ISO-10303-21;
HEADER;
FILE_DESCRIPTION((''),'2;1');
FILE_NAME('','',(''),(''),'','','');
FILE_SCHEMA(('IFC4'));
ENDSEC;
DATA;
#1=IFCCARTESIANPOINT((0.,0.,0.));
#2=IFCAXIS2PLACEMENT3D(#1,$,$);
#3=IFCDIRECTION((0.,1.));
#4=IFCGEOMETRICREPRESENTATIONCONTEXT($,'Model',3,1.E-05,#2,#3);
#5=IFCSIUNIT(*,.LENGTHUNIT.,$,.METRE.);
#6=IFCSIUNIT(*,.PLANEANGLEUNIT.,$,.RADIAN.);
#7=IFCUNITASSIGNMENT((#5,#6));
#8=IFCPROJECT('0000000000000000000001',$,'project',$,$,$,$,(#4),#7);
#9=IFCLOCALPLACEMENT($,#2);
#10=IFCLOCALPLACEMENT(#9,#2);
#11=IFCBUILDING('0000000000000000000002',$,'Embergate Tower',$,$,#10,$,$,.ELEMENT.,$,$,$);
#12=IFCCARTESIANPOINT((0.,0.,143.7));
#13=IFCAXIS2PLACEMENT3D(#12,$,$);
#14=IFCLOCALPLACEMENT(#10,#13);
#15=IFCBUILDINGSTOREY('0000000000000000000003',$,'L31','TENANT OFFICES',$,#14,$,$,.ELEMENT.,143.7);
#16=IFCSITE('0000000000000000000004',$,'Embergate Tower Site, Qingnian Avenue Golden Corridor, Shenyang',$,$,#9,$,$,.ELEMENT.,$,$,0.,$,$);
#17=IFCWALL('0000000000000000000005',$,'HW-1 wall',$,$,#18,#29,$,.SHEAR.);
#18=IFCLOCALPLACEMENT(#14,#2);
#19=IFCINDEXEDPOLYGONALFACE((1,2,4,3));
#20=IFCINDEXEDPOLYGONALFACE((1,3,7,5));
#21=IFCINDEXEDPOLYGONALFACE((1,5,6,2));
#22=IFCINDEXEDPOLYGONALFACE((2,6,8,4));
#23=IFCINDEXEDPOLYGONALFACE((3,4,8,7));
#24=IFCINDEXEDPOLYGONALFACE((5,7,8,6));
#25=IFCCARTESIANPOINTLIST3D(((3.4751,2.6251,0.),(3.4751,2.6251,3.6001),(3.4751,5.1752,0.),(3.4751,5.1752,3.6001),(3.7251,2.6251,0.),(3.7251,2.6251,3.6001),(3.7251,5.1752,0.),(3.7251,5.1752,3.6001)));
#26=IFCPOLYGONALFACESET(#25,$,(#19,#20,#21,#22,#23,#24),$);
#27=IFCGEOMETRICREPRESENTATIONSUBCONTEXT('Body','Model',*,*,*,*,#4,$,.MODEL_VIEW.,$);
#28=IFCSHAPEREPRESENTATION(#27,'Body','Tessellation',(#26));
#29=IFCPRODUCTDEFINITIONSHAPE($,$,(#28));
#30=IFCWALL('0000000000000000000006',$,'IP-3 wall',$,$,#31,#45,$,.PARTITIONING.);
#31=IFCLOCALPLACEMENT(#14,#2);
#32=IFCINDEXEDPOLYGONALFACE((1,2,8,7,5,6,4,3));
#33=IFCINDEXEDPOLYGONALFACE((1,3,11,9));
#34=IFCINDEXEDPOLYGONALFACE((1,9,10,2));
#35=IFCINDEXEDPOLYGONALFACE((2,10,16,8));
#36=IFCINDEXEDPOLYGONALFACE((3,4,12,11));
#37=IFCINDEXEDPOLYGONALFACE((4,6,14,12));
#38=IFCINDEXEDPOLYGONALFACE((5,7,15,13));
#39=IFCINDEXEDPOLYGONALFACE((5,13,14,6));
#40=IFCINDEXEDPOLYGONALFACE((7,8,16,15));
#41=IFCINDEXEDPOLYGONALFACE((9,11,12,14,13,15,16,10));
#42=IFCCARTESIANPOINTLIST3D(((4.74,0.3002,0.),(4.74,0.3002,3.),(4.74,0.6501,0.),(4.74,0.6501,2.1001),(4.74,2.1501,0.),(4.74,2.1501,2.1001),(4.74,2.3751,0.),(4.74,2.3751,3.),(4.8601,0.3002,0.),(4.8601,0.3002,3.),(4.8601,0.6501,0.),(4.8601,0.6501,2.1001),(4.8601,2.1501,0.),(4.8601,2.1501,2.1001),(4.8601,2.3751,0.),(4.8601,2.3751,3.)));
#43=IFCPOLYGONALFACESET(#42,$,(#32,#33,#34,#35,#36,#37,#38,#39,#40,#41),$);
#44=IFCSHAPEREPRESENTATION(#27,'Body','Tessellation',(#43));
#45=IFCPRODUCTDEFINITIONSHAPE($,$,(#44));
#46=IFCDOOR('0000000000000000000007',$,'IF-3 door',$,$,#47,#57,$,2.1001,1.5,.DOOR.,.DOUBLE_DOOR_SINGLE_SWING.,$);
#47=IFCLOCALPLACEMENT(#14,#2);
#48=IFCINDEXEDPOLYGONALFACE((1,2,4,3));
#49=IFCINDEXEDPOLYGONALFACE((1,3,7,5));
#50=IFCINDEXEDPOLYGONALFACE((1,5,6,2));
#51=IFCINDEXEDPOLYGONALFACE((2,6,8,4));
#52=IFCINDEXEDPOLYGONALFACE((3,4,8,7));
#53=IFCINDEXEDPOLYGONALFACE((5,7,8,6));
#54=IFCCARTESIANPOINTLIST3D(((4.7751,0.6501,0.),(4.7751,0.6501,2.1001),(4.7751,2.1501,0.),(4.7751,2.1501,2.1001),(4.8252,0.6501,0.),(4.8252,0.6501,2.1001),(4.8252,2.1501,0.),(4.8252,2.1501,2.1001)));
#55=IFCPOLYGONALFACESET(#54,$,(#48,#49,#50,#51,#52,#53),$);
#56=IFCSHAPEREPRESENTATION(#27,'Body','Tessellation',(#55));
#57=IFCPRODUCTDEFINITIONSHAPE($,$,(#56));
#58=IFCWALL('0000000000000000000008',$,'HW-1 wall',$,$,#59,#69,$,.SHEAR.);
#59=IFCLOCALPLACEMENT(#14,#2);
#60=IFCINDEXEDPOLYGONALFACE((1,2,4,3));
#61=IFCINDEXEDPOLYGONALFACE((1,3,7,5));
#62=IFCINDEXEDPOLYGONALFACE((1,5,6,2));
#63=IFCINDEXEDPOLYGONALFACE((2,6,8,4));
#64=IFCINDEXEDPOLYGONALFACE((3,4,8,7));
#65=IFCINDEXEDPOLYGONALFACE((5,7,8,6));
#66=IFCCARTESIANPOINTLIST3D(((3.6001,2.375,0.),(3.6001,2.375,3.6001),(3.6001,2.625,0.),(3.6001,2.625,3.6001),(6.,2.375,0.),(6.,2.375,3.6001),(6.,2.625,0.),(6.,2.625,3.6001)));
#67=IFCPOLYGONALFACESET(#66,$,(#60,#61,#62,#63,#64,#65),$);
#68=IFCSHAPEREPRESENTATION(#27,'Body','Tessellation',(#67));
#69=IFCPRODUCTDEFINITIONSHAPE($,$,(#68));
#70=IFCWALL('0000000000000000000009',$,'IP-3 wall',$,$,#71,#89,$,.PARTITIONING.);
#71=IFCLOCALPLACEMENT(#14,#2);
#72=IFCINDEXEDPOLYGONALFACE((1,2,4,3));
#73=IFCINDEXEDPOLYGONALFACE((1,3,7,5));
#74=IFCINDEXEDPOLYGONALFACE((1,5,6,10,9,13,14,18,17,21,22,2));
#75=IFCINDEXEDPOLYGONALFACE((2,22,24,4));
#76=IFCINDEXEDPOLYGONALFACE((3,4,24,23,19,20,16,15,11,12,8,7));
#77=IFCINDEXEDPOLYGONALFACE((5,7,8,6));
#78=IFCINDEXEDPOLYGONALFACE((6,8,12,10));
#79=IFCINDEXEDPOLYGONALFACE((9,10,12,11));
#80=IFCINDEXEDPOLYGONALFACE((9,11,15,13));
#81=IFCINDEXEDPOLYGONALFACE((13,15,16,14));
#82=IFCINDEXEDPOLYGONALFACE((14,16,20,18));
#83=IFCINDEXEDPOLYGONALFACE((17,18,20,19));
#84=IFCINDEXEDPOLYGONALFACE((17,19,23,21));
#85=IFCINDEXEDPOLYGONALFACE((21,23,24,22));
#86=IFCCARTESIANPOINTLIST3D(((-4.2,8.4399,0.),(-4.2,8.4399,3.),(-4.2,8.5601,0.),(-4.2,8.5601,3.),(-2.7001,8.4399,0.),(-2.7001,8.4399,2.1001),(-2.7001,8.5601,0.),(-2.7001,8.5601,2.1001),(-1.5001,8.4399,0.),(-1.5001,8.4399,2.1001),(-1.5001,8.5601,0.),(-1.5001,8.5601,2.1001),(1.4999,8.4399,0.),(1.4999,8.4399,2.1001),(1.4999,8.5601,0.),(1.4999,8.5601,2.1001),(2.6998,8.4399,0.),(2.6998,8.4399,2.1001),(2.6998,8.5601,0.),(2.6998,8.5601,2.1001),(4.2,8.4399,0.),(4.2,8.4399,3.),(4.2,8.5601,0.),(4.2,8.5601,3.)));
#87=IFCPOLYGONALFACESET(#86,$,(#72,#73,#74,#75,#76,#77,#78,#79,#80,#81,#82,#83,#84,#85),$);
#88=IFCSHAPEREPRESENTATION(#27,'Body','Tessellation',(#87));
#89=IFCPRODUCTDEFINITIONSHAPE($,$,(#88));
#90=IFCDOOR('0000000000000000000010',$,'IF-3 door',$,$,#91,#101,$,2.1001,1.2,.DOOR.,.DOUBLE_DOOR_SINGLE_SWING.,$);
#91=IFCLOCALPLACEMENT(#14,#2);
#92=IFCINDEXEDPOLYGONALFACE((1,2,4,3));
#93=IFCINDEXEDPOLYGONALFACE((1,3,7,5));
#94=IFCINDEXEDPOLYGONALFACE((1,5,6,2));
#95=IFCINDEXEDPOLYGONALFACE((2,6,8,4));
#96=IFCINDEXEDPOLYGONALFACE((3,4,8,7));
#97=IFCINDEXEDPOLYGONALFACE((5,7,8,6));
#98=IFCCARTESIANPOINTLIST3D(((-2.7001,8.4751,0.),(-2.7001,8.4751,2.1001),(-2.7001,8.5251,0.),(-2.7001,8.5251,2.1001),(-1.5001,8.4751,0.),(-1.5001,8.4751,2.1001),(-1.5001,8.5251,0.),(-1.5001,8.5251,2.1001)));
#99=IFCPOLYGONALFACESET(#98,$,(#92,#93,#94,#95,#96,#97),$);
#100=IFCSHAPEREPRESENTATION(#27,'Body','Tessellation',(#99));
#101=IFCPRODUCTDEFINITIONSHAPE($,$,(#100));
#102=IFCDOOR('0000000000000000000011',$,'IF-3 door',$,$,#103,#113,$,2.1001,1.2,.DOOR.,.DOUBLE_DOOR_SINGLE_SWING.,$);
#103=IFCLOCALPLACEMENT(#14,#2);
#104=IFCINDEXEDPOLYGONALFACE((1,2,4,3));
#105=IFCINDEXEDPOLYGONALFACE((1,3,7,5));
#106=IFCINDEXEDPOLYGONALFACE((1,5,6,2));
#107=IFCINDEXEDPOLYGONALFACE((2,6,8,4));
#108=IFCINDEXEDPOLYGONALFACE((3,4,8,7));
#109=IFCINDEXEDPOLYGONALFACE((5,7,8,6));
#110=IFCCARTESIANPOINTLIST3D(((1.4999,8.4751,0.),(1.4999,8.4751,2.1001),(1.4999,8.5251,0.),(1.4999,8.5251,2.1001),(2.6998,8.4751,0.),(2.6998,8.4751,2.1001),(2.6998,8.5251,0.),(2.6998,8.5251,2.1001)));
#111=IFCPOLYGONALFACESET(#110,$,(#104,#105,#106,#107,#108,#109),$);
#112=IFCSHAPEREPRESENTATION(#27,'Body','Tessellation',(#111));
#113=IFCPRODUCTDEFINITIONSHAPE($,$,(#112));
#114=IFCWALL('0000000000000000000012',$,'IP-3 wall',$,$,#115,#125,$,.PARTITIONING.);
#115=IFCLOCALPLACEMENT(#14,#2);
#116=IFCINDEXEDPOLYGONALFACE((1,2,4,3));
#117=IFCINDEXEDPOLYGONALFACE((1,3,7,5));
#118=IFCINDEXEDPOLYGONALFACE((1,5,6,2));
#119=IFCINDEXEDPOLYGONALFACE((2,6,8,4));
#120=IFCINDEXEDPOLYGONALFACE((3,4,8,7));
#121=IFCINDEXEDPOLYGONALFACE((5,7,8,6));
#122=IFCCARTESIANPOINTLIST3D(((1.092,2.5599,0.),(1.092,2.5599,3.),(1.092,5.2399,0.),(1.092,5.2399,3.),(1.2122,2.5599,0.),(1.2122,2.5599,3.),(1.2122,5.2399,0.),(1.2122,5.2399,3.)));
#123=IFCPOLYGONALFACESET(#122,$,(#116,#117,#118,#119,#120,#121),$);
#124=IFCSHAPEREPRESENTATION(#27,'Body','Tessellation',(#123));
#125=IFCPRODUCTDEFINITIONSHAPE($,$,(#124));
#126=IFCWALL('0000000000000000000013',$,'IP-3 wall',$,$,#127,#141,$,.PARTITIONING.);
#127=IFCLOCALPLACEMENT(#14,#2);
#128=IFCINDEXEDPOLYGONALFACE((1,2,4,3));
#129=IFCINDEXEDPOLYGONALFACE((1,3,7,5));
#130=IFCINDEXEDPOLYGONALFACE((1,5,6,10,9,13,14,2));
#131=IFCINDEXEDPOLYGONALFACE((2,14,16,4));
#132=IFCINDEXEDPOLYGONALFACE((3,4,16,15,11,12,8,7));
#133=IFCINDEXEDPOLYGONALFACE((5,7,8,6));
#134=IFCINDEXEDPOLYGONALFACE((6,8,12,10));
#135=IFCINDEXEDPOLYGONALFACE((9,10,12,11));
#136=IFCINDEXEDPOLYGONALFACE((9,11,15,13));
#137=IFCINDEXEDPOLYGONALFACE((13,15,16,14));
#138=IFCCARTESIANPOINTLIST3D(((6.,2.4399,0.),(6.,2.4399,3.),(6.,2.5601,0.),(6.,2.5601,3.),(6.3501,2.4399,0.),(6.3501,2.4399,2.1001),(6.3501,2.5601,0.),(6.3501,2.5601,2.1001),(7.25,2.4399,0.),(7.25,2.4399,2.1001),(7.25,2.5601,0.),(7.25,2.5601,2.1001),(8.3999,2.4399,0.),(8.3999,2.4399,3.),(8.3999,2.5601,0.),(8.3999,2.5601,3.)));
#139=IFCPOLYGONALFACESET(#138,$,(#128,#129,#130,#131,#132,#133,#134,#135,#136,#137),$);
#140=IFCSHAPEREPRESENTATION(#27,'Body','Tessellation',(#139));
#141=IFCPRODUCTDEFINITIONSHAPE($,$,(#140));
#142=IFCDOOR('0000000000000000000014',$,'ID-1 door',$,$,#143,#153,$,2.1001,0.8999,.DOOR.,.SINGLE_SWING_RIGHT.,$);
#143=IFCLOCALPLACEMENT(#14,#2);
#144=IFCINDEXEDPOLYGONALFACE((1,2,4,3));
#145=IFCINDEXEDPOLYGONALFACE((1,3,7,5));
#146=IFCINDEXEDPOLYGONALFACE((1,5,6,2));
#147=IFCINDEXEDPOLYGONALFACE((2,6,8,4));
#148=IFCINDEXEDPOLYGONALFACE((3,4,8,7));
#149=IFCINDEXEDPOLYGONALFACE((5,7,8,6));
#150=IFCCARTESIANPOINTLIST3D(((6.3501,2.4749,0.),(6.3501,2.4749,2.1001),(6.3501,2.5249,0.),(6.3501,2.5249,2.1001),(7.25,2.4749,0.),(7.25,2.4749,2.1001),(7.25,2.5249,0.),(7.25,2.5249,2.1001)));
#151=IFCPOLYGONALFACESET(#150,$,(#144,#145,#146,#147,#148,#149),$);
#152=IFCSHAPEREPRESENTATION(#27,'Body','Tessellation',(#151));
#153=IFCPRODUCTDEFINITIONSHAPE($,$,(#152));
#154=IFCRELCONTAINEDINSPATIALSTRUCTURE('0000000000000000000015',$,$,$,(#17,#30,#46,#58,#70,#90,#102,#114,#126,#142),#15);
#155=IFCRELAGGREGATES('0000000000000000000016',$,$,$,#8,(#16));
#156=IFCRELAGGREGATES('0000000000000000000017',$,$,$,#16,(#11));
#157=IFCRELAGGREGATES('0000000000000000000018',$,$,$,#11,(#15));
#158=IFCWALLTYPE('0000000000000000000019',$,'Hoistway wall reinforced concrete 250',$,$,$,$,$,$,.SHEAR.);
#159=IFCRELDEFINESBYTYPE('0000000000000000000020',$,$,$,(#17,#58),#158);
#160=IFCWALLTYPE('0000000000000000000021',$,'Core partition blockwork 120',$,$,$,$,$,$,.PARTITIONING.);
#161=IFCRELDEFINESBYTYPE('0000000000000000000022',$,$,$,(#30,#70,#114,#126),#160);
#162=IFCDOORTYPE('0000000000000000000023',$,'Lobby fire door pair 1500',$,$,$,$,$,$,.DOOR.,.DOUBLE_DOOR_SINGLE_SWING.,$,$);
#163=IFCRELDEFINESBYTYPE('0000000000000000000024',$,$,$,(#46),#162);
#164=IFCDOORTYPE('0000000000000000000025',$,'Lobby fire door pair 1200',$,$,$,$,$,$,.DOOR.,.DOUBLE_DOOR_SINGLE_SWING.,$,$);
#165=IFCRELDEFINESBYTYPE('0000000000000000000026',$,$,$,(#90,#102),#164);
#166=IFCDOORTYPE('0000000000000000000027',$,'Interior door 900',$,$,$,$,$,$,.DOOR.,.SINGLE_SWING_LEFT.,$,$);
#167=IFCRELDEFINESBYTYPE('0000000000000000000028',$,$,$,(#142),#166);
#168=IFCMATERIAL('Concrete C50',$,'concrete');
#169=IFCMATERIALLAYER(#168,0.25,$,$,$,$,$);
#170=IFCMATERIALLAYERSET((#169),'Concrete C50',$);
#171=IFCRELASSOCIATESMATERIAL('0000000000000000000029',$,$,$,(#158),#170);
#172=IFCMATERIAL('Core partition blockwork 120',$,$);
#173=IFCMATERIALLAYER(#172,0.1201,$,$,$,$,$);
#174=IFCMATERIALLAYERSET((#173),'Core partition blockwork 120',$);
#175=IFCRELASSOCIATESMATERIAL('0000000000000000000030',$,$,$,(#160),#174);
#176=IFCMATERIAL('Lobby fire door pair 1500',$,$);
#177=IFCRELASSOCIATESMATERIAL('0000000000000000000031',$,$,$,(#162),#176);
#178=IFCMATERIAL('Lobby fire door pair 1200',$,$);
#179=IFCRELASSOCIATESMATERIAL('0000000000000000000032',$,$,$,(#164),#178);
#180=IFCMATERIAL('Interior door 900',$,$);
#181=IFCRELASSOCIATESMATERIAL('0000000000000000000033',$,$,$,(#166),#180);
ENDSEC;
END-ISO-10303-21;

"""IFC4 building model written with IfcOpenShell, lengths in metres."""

from ifc_helpers import new_model, si_unit, direction, frame, frame_2d, origin, place, context, subcontext, project, spatial, rectangle, extrude, source, transform, mapped, material, layer, layer_set, type_object, element, fill, save


model = new_model("IFC4")

# Units and contexts
model_context = context("Model", 3, precision=1e-05, world=origin(), true_north=direction((0.0, 1.0)))
body_context = subcontext(model_context, "Body", "Model", "MODEL_VIEW")
ifc_project = project(units=[si_unit("LENGTHUNIT", "METRE"), si_unit("PLANEANGLEUNIT", "RADIAN")], contexts=[model_context])

# Site, building, storey
site_placement = place(None, origin())
site = spatial("IfcSite", under=ifc_project, at=site_placement, Name="Embergate Tower Site, Qingnian Avenue Golden Corridor, Shenyang", CompositionType="ELEMENT", RefElevation=0.0)
building_placement = place(site_placement, origin())
building = spatial("IfcBuilding", under=site, at=building_placement, Name="Embergate Tower", CompositionType="ELEMENT")
storey_placement = place(building_placement, frame((0.0, 0.0, 143.7)))
storey = spatial("IfcBuildingStorey", under=building, at=storey_placement, Name="L31", Description="TENANT OFFICES", CompositionType="ELEMENT", Elevation=143.7)

# Wall
ifc_material_1 = material(Name="Concrete C50", Category="concrete")
ifc_layer_1 = layer(ifc_material_1, 0.25)
ifc_layer_set_1 = layer_set([ifc_layer_1], Name="Concrete C50")
wall_type_1 = type_object("IfcWallType", Name="Hoistway wall reinforced concrete 250", PredefinedType="SHEAR", material=ifc_layer_set_1)
shared_shape_1 = source(origin(), body_context, "Body", "SweptSolid", [
    extrude(rectangle(XDim=2.55, YDim=0.25, at=frame_2d((1.2749, 0.0))), origin(), (0.0, 0.0, 1.0), 3.6001),
])
wall_1_placement = place(storey_placement, frame((3.6001, 5.175, 0.0), z_axis=(0.0, 0.0, 1.0), x_axis=(0.0, -1.0, 0.0)))
element("IfcWall", 1, at=wall_1_placement, inside=storey, type_object=wall_type_1, Name="HW-1 wall", PredefinedType="SHEAR", context=body_context, shape_type="MappedRepresentation", body=[
    mapped(shared_shape_1, transform((0.0, 0.0, 0.0))),
])

# Wall, opening, door
ifc_material_2 = material(Name="Core partition blockwork 120")
ifc_layer_2 = layer(ifc_material_2, 0.1201)
ifc_layer_set_2 = layer_set([ifc_layer_2], Name="Core partition blockwork 120")
wall_type_2 = type_object("IfcWallType", Name="Core partition blockwork 120", PredefinedType="PARTITIONING", material=ifc_layer_set_2)
shared_shape_2 = source(origin(), body_context, "Body", "SweptSolid", [
    extrude(rectangle(XDim=2.075, YDim=0.1201, at=frame_2d((1.0376, 0.0))), origin(), (0.0, 0.0, 1.0), 3.0),
])
wall_2_placement = place(storey_placement, frame((4.8, 0.3, 0.0), z_axis=(0.0, 0.0, 1.0), x_axis=(0.0, 1.0, 0.0)))
wall_2 = element("IfcWall", 2, at=wall_2_placement, inside=storey, type_object=wall_type_2, Name="IP-3 wall", PredefinedType="PARTITIONING", context=body_context, shape_type="MappedRepresentation", body=[
    mapped(shared_shape_2, transform((0.0, 0.0, 0.0))),
])
shared_shape_3 = source(origin(), body_context, "Body", "SweptSolid", [
    extrude(rectangle(XDim=1.5, YDim=2.1001, at=frame_2d((0.75, 1.05))), frame((0.0, 0.0701, 0.0), z_axis=(0.0, -1.0, 0.0), x_axis=(1.0, 0.0, 0.0)), (0.0, 0.0, 1.0), 0.1401),
])
opening_1_placement = place(wall_2_placement, frame((0.3501, 0.0, 0.0)))
opening_1 = element("IfcOpeningElement", 3, at=opening_1_placement, cuts=wall_2, PredefinedType="OPENING", context=body_context, shape_type="MappedRepresentation", body=[
    mapped(shared_shape_3, transform((0.0, 0.0, 0.0))),
])
ifc_material_3 = material(Name="Lobby fire door pair 1500")
door_type_1 = type_object("IfcDoorType", Name="Lobby fire door pair 1500", OperationType="DOUBLE_DOOR_SINGLE_SWING", PredefinedType="DOOR", material=ifc_material_3)
shared_shape_4 = source(origin(), body_context, "Body", "SweptSolid", [
    extrude(rectangle(XDim=1.5, YDim=2.1001, at=frame_2d((0.75, 1.05))), frame((0.0, 0.0249, 0.0), z_axis=(0.0, -1.0, 0.0), x_axis=(1.0, 0.0, 0.0)), (0.0, 0.0, 1.0), 0.05),
])
door_1_placement = place(opening_1_placement, origin())
door_1 = element("IfcDoor", 4, at=door_1_placement, inside=storey, type_object=door_type_1, Name="IF-3 door", OperationType="DOUBLE_DOOR_SINGLE_SWING", OverallHeight=2.1001, OverallWidth=1.5, PredefinedType="DOOR", context=body_context, shape_type="MappedRepresentation", body=[
    mapped(shared_shape_4, transform((0.0, 0.0, 0.0))),
])
fill(opening_1, door_1)

# Wall
shared_shape_5 = source(origin(), body_context, "Body", "SweptSolid", [
    extrude(rectangle(XDim=2.3999, YDim=0.25, at=frame_2d((1.2, 0.0))), origin(), (0.0, 0.0, 1.0), 3.6001),
])
wall_3_placement = place(storey_placement, frame((3.6001, 2.5, 0.0), z_axis=(0.0, 0.0, 1.0), x_axis=(1.0, 0.0, 0.0)))
element("IfcWall", 5, at=wall_3_placement, inside=storey, type_object=wall_type_1, Name="HW-1 wall", PredefinedType="SHEAR", context=body_context, shape_type="MappedRepresentation", body=[
    mapped(shared_shape_5, transform((0.0, 0.0, 0.0))),
])

# Wall, openings, doors
shared_shape_6 = source(origin(), body_context, "Body", "SweptSolid", [
    extrude(rectangle(XDim=8.3999, YDim=0.1201, at=frame_2d((4.2, 0.0))), origin(), (0.0, 0.0, 1.0), 3.0),
])
wall_4_placement = place(storey_placement, frame((4.2, 8.5, 0.0), z_axis=(0.0, 0.0, 1.0), x_axis=(-1.0, 0.0, 0.0)))
wall_4 = element("IfcWall", 6, at=wall_4_placement, inside=storey, type_object=wall_type_2, Name="IP-3 wall", PredefinedType="PARTITIONING", context=body_context, shape_type="MappedRepresentation", body=[
    mapped(shared_shape_6, transform((0.0, 0.0, 0.0))),
])
shared_shape_7 = source(origin(), body_context, "Body", "SweptSolid", [
    extrude(rectangle(XDim=1.2, YDim=2.1001, at=frame_2d((0.6001, 1.05))), frame((0.0, 0.0701, 0.0), z_axis=(0.0, -1.0, 0.0), x_axis=(1.0, 0.0, 0.0)), (0.0, 0.0, 1.0), 0.1401),
])
opening_2_placement = place(wall_4_placement, frame((5.7, 0.0, 0.0)))
opening_2 = element("IfcOpeningElement", 7, at=opening_2_placement, cuts=wall_4, PredefinedType="OPENING", context=body_context, shape_type="MappedRepresentation", body=[
    mapped(shared_shape_7, transform((0.0, 0.0, 0.0))),
])
opening_3_placement = place(wall_4_placement, frame((1.5, 0.0, 0.0)))
opening_3 = element("IfcOpeningElement", 8, at=opening_3_placement, cuts=wall_4, PredefinedType="OPENING", context=body_context, shape_type="MappedRepresentation", body=[
    mapped(shared_shape_7, transform((0.0, 0.0, 0.0))),
])
ifc_material_4 = material(Name="Lobby fire door pair 1200")
door_type_2 = type_object("IfcDoorType", Name="Lobby fire door pair 1200", OperationType="DOUBLE_DOOR_SINGLE_SWING", PredefinedType="DOOR", material=ifc_material_4)
shared_shape_8 = source(origin(), body_context, "Body", "SweptSolid", [
    extrude(rectangle(XDim=1.2, YDim=2.1001, at=frame_2d((0.6001, 1.05))), frame((0.0, 0.0249, 0.0), z_axis=(0.0, -1.0, 0.0), x_axis=(1.0, 0.0, 0.0)), (0.0, 0.0, 1.0), 0.05),
])
door_2_placement = place(opening_2_placement, origin())
door_2 = element("IfcDoor", 9, at=door_2_placement, inside=storey, type_object=door_type_2, Name="IF-3 door", OperationType="DOUBLE_DOOR_SINGLE_SWING", OverallHeight=2.1001, OverallWidth=1.2, PredefinedType="DOOR", context=body_context, shape_type="MappedRepresentation", body=[
    mapped(shared_shape_8, transform((0.0, 0.0, 0.0))),
])
fill(opening_2, door_2)
door_3_placement = place(opening_3_placement, origin())
door_3 = element("IfcDoor", 10, at=door_3_placement, inside=storey, type_object=door_type_2, Name="IF-3 door", OperationType="DOUBLE_DOOR_SINGLE_SWING", OverallHeight=2.1001, OverallWidth=1.2, PredefinedType="DOOR", context=body_context, shape_type="MappedRepresentation", body=[
    mapped(shared_shape_8, transform((0.0, 0.0, 0.0))),
])
fill(opening_3, door_3)

# Wall
shared_shape_9 = source(origin(), body_context, "Body", "SweptSolid", [
    extrude(rectangle(XDim=2.6799, YDim=0.1201, at=frame_2d((1.3398, 0.0))), origin(), (0.0, 0.0, 1.0), 3.0),
])
wall_5_placement = place(storey_placement, frame((1.1521, 2.5601, 0.0), z_axis=(0.0, 0.0, 1.0), x_axis=(0.0, 1.0, 0.0)))
element("IfcWall", 11, at=wall_5_placement, inside=storey, type_object=wall_type_2, Name="IP-3 wall", PredefinedType="PARTITIONING", context=body_context, shape_type="MappedRepresentation", body=[
    mapped(shared_shape_9, transform((0.0, 0.0, 0.0))),
])

# Wall, opening, door
shared_shape_10 = source(origin(), body_context, "Body", "SweptSolid", [
    extrude(rectangle(XDim=2.3999, YDim=0.1201, at=frame_2d((1.2, 0.0))), origin(), (0.0, 0.0, 1.0), 3.0),
])
wall_6_placement = place(storey_placement, frame((6.0, 2.5, 0.0), z_axis=(0.0, 0.0, 1.0), x_axis=(1.0, 0.0, 0.0)))
wall_6 = element("IfcWall", 12, at=wall_6_placement, inside=storey, type_object=wall_type_2, Name="IP-3 wall", PredefinedType="PARTITIONING", context=body_context, shape_type="MappedRepresentation", body=[
    mapped(shared_shape_10, transform((0.0, 0.0, 0.0))),
])
shared_shape_11 = source(origin(), body_context, "Body", "SweptSolid", [
    extrude(rectangle(XDim=0.8999, YDim=2.1001, at=frame_2d((0.45, 1.05))), frame((0.0, 0.0701, 0.0), z_axis=(0.0, -1.0, 0.0), x_axis=(1.0, 0.0, 0.0)), (0.0, 0.0, 1.0), 0.1401),
])
opening_4_placement = place(wall_6_placement, frame((0.3501, 0.0, 0.0)))
opening_4 = element("IfcOpeningElement", 13, at=opening_4_placement, cuts=wall_6, PredefinedType="OPENING", context=body_context, shape_type="MappedRepresentation", body=[
    mapped(shared_shape_11, transform((0.0, 0.0, 0.0))),
])
ifc_material_5 = material(Name="Interior door 900")
door_type_3 = type_object("IfcDoorType", Name="Interior door 900", OperationType="SINGLE_SWING_LEFT", PredefinedType="DOOR", material=ifc_material_5)
shared_shape_12 = source(origin(), body_context, "Body", "SweptSolid", [
    extrude(rectangle(XDim=0.8999, YDim=2.1001, at=frame_2d((0.45, 1.05))), frame((0.0, 0.0249, 0.0), z_axis=(0.0, -1.0, 0.0), x_axis=(1.0, 0.0, 0.0)), (0.0, 0.0, 1.0), 0.05),
])
door_4_placement = place(opening_4_placement, origin())
door_4 = element("IfcDoor", 14, at=door_4_placement, inside=storey, type_object=door_type_3, Name="ID-1 door", OperationType="SINGLE_SWING_RIGHT", OverallHeight=2.1001, OverallWidth=0.8999, PredefinedType="DOOR", context=body_context, shape_type="MappedRepresentation", body=[
    mapped(shared_shape_12, transform((0.0, 0.0, 0.0))),
])
fill(opening_4, door_4)

save(model, "model.ifc")
